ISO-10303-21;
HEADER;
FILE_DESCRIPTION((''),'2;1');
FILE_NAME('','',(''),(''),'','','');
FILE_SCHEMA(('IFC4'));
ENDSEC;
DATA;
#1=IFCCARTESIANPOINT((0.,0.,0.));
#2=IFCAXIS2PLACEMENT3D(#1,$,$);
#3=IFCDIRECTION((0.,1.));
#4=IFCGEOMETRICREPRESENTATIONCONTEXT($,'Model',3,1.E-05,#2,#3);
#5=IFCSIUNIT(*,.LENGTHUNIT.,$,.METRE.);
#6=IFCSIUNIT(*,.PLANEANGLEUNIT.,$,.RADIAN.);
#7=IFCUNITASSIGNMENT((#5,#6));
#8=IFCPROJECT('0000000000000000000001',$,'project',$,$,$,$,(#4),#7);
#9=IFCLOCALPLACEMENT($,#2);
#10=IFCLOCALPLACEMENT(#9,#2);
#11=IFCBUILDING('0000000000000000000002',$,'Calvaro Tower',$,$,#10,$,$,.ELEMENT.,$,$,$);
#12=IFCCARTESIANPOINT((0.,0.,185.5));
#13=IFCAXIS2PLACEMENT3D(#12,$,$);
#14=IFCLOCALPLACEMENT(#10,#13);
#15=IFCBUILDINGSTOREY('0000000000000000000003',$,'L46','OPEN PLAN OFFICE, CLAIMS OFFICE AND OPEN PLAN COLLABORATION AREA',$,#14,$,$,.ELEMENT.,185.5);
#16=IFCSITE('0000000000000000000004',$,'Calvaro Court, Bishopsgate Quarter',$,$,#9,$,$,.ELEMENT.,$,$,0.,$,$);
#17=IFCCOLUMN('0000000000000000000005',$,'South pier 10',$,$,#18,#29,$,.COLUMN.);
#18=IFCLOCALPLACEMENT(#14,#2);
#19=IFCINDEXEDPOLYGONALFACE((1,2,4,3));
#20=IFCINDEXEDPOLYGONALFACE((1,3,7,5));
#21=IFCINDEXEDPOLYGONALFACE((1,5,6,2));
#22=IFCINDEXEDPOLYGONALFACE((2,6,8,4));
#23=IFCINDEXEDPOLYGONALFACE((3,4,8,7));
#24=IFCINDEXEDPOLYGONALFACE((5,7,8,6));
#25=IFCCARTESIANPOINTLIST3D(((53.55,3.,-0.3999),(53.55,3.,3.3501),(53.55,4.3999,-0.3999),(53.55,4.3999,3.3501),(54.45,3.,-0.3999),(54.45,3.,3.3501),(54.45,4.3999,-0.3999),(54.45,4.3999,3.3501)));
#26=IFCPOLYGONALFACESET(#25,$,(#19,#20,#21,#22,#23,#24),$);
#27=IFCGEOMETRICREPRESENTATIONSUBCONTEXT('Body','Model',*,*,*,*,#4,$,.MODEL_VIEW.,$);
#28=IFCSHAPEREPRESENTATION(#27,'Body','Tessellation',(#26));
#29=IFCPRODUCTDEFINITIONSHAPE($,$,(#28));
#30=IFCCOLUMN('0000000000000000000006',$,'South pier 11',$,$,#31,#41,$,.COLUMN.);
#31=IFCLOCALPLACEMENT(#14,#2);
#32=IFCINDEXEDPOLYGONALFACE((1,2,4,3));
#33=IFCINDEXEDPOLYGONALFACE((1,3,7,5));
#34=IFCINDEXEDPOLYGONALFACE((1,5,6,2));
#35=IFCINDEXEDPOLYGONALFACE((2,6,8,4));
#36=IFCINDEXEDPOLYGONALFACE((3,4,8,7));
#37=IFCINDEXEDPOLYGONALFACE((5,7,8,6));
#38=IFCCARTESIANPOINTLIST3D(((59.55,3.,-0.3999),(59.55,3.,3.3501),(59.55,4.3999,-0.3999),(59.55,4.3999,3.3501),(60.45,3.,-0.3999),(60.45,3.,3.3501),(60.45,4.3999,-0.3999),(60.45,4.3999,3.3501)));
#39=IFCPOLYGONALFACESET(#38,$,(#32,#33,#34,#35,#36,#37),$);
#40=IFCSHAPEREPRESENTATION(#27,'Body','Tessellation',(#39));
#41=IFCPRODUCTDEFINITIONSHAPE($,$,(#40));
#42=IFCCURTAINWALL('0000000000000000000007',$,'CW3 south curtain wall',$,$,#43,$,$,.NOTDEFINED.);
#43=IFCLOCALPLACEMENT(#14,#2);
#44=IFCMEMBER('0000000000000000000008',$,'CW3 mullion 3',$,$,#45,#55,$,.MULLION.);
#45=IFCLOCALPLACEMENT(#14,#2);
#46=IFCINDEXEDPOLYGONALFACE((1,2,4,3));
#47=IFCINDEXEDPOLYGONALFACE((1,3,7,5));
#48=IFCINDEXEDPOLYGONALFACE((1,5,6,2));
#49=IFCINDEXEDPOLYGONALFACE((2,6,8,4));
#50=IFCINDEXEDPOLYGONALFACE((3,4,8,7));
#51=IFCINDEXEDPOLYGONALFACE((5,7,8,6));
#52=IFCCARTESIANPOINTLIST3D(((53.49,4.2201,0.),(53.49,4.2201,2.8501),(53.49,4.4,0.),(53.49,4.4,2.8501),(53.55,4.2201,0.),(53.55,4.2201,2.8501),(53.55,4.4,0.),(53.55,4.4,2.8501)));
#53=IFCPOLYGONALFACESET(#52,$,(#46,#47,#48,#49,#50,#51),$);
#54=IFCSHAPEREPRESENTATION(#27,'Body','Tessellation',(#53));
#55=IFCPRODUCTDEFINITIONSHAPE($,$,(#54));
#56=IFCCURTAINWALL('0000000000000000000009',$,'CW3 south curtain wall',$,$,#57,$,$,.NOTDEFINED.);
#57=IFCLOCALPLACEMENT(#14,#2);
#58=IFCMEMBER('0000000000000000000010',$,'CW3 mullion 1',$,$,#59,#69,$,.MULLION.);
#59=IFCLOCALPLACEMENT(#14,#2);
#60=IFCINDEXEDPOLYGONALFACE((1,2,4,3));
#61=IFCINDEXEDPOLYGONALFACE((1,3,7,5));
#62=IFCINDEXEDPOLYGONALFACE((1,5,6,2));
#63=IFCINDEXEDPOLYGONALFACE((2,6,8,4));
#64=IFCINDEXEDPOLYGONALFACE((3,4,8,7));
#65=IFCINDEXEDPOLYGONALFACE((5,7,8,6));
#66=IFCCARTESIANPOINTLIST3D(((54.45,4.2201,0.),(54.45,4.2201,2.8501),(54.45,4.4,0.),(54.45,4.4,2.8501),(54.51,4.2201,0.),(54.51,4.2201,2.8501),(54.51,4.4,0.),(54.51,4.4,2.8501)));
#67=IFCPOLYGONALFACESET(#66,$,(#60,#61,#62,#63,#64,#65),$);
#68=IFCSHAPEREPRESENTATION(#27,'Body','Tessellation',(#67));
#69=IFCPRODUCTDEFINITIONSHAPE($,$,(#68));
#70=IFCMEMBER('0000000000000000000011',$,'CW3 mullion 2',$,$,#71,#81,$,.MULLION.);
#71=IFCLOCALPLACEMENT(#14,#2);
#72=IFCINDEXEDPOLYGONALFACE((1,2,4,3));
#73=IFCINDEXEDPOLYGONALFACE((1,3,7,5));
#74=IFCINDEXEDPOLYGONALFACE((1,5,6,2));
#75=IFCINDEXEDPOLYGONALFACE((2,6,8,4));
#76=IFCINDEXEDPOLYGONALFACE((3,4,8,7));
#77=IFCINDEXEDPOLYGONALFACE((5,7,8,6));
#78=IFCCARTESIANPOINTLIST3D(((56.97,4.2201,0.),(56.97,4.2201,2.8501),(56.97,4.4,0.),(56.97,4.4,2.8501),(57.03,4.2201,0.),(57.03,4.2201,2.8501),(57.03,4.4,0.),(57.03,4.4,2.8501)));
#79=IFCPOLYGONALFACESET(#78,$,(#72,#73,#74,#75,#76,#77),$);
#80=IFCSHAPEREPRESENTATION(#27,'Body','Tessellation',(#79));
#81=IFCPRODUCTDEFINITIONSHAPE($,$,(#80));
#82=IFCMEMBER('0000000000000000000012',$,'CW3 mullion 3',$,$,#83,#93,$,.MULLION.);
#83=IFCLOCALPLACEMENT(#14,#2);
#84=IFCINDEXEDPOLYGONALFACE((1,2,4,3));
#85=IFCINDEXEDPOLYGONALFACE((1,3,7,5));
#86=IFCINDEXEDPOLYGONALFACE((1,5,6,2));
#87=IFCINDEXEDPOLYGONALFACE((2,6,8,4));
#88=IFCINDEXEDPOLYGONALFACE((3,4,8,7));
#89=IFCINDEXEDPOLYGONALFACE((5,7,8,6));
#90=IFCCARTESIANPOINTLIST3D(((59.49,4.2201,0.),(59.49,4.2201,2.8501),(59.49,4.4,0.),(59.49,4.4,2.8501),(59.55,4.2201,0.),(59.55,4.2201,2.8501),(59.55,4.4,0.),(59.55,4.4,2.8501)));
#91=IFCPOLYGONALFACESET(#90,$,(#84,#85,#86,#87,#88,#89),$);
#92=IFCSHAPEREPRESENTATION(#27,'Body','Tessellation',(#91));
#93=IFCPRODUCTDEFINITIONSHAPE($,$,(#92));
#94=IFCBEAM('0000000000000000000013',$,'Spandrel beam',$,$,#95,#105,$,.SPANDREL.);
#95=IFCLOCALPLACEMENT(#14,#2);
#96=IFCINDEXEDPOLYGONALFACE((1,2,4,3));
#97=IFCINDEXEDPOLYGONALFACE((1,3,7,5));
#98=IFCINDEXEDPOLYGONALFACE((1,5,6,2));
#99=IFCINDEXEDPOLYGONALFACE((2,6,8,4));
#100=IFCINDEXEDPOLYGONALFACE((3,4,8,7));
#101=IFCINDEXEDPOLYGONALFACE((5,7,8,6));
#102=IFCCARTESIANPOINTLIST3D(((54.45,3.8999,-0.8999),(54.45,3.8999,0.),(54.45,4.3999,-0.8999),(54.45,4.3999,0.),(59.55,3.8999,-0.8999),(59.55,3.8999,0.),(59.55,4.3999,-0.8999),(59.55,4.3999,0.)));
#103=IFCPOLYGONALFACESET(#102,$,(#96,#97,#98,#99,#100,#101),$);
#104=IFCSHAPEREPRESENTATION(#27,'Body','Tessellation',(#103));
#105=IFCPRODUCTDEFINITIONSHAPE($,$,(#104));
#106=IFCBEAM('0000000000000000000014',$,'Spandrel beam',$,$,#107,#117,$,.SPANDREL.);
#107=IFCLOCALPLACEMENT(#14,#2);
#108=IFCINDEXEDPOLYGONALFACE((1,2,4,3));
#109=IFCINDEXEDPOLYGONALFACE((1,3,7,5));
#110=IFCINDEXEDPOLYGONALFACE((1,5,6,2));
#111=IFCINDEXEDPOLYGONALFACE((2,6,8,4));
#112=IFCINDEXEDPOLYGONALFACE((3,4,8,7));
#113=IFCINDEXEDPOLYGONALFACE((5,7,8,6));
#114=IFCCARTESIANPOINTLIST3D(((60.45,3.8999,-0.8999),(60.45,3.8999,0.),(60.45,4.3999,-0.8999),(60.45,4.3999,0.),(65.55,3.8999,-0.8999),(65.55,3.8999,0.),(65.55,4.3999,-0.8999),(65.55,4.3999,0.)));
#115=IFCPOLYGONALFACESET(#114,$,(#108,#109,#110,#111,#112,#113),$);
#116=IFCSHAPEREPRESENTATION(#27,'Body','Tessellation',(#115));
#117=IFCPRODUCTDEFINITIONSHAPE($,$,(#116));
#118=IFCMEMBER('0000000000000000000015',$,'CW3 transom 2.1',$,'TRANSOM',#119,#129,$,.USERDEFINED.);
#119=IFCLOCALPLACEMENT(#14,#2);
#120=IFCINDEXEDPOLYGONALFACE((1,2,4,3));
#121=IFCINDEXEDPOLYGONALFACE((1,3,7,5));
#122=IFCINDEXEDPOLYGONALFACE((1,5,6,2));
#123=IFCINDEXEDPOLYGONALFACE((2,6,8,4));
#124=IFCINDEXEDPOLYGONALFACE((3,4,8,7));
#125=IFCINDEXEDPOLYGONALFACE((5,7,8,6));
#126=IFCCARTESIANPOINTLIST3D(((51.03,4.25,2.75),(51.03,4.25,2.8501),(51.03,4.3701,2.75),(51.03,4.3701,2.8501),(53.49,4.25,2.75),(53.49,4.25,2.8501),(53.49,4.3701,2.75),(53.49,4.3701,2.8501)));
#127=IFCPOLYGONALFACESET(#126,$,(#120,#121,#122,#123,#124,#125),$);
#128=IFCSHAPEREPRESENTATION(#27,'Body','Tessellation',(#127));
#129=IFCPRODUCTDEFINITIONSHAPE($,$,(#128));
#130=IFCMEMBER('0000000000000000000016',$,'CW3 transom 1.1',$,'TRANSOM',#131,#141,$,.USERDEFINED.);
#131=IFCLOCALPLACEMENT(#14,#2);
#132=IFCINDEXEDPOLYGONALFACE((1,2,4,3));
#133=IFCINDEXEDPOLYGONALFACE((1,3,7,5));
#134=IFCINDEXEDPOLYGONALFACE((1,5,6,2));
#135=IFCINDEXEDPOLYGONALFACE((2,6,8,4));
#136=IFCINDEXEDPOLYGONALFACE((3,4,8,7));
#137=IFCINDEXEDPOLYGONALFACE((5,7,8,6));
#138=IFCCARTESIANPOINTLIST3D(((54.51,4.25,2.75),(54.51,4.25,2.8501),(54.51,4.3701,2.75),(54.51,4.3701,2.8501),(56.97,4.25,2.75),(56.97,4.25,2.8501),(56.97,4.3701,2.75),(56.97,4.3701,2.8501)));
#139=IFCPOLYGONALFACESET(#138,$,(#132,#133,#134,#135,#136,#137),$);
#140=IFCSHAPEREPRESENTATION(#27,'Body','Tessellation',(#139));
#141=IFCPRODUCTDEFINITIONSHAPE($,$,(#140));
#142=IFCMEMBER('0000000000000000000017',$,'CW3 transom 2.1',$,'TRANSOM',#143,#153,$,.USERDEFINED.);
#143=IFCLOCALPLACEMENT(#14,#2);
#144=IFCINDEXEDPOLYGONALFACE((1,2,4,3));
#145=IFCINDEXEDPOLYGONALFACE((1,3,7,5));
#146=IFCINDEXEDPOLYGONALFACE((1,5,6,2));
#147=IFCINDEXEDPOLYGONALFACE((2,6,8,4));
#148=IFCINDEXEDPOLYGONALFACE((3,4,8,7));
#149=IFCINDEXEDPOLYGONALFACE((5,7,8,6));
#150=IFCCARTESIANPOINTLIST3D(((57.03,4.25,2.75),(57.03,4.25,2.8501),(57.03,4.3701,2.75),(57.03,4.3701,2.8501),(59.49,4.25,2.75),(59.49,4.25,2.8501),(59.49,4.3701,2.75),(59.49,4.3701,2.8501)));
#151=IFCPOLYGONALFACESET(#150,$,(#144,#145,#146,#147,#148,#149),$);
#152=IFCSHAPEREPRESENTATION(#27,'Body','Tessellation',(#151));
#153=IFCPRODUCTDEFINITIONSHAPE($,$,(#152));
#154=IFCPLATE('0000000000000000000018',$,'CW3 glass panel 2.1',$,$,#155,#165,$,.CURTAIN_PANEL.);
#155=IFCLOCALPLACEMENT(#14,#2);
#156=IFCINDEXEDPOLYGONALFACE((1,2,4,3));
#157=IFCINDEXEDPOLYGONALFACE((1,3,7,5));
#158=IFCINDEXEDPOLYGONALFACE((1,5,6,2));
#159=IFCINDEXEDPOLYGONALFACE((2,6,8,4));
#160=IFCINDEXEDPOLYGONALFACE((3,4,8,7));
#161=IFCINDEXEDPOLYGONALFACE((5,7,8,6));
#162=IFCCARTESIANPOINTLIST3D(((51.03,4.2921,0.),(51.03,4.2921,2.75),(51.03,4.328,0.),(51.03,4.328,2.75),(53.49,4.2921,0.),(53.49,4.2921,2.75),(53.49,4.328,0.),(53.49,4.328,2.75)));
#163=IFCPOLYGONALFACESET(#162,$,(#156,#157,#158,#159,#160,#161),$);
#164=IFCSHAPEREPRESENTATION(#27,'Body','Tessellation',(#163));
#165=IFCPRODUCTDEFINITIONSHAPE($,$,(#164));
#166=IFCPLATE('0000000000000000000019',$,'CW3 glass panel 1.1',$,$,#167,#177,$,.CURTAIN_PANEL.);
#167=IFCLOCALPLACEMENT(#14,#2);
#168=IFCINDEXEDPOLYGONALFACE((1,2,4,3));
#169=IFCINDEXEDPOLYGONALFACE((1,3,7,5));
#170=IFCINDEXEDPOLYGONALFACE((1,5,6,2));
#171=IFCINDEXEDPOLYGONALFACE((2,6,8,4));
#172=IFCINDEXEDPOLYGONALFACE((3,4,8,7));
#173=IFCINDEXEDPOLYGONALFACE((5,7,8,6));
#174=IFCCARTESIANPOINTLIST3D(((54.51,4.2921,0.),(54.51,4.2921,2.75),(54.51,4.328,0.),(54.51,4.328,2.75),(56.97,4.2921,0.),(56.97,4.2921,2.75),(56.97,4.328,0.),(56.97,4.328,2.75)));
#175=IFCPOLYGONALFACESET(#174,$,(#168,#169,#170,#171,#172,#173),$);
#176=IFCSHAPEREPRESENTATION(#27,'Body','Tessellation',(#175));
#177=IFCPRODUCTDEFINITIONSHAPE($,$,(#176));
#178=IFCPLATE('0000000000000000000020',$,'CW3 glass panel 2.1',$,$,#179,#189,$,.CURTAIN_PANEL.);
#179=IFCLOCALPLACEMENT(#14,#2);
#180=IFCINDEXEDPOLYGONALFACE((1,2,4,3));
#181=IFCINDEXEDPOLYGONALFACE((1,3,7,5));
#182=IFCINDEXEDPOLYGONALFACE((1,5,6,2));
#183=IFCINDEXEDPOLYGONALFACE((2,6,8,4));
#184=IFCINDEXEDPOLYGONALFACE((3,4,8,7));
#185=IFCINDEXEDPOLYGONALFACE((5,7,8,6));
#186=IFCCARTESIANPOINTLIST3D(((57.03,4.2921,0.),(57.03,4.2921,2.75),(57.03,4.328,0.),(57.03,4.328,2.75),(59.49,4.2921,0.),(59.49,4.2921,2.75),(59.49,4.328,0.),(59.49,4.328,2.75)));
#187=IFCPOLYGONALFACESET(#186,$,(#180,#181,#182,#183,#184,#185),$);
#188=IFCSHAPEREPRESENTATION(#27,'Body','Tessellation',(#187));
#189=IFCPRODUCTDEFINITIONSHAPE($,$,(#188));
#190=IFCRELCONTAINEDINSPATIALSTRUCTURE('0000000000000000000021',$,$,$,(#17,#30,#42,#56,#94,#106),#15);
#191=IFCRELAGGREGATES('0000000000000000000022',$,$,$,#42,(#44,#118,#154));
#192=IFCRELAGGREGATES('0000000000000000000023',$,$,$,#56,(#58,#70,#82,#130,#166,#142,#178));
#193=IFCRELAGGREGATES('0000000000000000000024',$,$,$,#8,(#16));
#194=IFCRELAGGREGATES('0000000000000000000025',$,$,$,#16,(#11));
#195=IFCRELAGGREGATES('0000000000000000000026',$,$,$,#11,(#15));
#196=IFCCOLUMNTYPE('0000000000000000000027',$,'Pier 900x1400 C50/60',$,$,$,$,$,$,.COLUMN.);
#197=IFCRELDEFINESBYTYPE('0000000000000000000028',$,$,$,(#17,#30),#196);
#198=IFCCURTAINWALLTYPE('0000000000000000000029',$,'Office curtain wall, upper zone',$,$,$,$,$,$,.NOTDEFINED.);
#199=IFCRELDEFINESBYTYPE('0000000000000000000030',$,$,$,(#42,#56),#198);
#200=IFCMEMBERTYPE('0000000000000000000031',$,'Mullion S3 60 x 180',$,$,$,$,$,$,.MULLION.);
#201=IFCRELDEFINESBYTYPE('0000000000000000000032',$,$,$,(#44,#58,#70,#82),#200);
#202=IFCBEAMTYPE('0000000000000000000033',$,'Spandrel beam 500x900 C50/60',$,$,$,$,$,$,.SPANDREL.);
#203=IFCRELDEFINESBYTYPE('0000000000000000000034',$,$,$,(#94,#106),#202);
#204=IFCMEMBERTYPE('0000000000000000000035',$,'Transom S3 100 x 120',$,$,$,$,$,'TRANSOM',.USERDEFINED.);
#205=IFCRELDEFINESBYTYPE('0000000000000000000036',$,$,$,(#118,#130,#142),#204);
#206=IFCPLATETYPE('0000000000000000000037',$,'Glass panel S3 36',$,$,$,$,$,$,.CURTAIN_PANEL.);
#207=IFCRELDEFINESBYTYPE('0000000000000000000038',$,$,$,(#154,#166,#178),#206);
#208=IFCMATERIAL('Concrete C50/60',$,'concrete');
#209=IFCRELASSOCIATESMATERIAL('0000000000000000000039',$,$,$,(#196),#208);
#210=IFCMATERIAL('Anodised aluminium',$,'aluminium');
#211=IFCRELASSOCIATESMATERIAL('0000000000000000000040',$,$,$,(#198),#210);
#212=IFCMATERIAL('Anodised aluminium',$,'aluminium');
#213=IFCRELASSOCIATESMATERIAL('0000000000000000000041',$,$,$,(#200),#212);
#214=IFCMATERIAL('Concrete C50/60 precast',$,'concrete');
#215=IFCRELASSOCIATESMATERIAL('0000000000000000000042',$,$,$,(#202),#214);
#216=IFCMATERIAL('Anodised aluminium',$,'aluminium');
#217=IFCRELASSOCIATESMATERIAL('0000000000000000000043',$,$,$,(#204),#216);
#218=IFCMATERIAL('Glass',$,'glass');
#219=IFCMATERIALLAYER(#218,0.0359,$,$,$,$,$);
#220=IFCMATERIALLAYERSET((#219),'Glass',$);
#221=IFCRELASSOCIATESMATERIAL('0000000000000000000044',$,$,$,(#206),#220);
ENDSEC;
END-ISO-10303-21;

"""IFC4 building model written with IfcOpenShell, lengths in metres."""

from ifc_helpers import new_model, si_unit, direction, frame, origin, origin_2d, place, context, subcontext, project, spatial, rectangle, extrude, material, layer, layer_set, material_profile, profile_set, type_object, element, aggregate, save


model = new_model("IFC4")

# Units and contexts
model_context = context("Model", 3, precision=1e-05, world=origin(), true_north=direction((0.0, 1.0)))
body_context = subcontext(model_context, "Body", "Model", "MODEL_VIEW")
ifc_project = project(units=[si_unit("LENGTHUNIT", "METRE"), si_unit("PLANEANGLEUNIT", "RADIAN")], contexts=[model_context])

# Site, building, storey
site_placement = place(None, origin())
site = spatial("IfcSite", under=ifc_project, at=site_placement, Name="Calvaro Court, Bishopsgate Quarter", CompositionType="ELEMENT", RefElevation=0.0)
building_placement = place(site_placement, origin())
building = spatial("IfcBuilding", under=site, at=building_placement, Name="Calvaro Tower", CompositionType="ELEMENT")
storey_placement = place(building_placement, frame((0.0, 0.0, 185.5)))
storey = spatial("IfcBuildingStorey", under=building, at=storey_placement, Name="L46", Description="OPEN PLAN OFFICE, CLAIMS OFFICE AND OPEN PLAN COLLABORATION AREA", CompositionType="ELEMENT", Elevation=185.5)

# Columns
ifc_material_1 = material(Name="Concrete C50/60", Category="concrete")
ifc_material_profile_1 = material_profile(ifc_material_1, rectangle(XDim=0.8999, YDim=1.3999, at=origin_2d()), Name="RC 900x1400")
ifc_profile_set_1 = profile_set([ifc_material_profile_1], Name="Concrete C50/60")
column_type = type_object("IfcColumnType", Name="Pier 900x1400 C50/60", PredefinedType="COLUMN", material=ifc_profile_set_1)
for number, where, z_axis, x_axis, name in (
    (1, (54.0, 3.7, -0.3999), (0.0, 0.0, 1.0), (1.0, 0.0, 0.0), "South pier 10"),
    (2, (60.0, 3.7, -0.3999), (0.0, 0.0, 1.0), (1.0, 0.0, 0.0), "South pier 11"),
):
    element("IfcColumn", number, at=place(storey_placement, frame(where, z_axis=z_axis, x_axis=x_axis)), inside=storey, type_object=column_type, Name=name, PredefinedType="COLUMN", context=body_context, shape_type="SweptSolid", body=[
        extrude(rectangle(XDim=0.8999, YDim=1.3999, at=origin_2d()), origin(), (0.0, 0.0, 1.0), 3.75),
    ])

# Curtain wall, member
ifc_material_2 = material(Name="Anodised aluminium", Category="aluminium")
curtain_wall_type = type_object("IfcCurtainWallType", Name="Office curtain wall, upper zone", PredefinedType="NOTDEFINED", material=ifc_material_2)
curtain_wall_1_placement = place(storey_placement, origin())
curtain_wall_1 = element("IfcCurtainWall", 3, at=curtain_wall_1_placement, inside=storey, type_object=curtain_wall_type, Name="CW3 south curtain wall", PredefinedType="NOTDEFINED")
ifc_material_3 = material(Name="Anodised aluminium", Category="aluminium")
ifc_material_profile_2 = material_profile(ifc_material_3, rectangle(XDim=0.1799, YDim=0.0601, at=origin_2d()), Name="Mullion S3 60 x 180")
ifc_profile_set_2 = profile_set([ifc_material_profile_2], Name="Anodised aluminium")
member_type_1 = type_object("IfcMemberType", Name="Mullion S3 60 x 180", PredefinedType="MULLION", material=ifc_profile_set_2)
member_1_placement = place(storey_placement, frame((53.52, 4.3101, 0.0), z_axis=(0.0, 0.0, 1.0), x_axis=(0.0, 1.0, 0.0)))
member_1 = element("IfcMember", 4, at=member_1_placement, type_object=member_type_1, Name="CW3 mullion 3", PredefinedType="MULLION", context=body_context, shape_type="SweptSolid", body=[
    extrude(rectangle(XDim=0.1799, YDim=0.0601, at=origin_2d()), origin(), (0.0, 0.0, 1.0), 2.8501),
])

# Curtain wall, members
curtain_wall_2_placement = place(storey_placement, origin())
curtain_wall_2 = element("IfcCurtainWall", 5, at=curtain_wall_2_placement, inside=storey, type_object=curtain_wall_type, Name="CW3 south curtain wall", PredefinedType="NOTDEFINED")
member_2_placement = place(storey_placement, frame((54.48, 4.3101, 0.0), z_axis=(0.0, 0.0, 1.0), x_axis=(0.0, 1.0, 0.0)))
member_2 = element("IfcMember", 6, at=member_2_placement, type_object=member_type_1, Name="CW3 mullion 1", PredefinedType="MULLION", context=body_context, shape_type="SweptSolid", body=[
    extrude(rectangle(XDim=0.1799, YDim=0.0601, at=origin_2d()), origin(), (0.0, 0.0, 1.0), 2.8501),
])
member_3_placement = place(storey_placement, frame((57.0, 4.3101, 0.0), z_axis=(0.0, 0.0, 1.0), x_axis=(0.0, 1.0, 0.0)))
member_3 = element("IfcMember", 7, at=member_3_placement, type_object=member_type_1, Name="CW3 mullion 2", PredefinedType="MULLION", context=body_context, shape_type="SweptSolid", body=[
    extrude(rectangle(XDim=0.1799, YDim=0.0601, at=origin_2d()), origin(), (0.0, 0.0, 1.0), 2.8501),
])
member_4_placement = place(storey_placement, frame((59.52, 4.3101, 0.0), z_axis=(0.0, 0.0, 1.0), x_axis=(0.0, 1.0, 0.0)))
member_4 = element("IfcMember", 8, at=member_4_placement, type_object=member_type_1, Name="CW3 mullion 3", PredefinedType="MULLION", context=body_context, shape_type="SweptSolid", body=[
    extrude(rectangle(XDim=0.1799, YDim=0.0601, at=origin_2d()), origin(), (0.0, 0.0, 1.0), 2.8501),
])

# Beams
ifc_material_4 = material(Name="Concrete C50/60 precast", Category="concrete")
ifc_material_profile_3 = material_profile(ifc_material_4, rectangle(XDim=0.5, YDim=0.8999, at=origin_2d()), Name="RC 500x900")
ifc_profile_set_3 = profile_set([ifc_material_profile_3], Name="Concrete C50/60 precast")
beam_type = type_object("IfcBeamType", Name="Spandrel beam 500x900 C50/60", PredefinedType="SPANDREL", material=ifc_profile_set_3)
for number, where, z_axis, x_axis, name in (
    (9, (54.45, 4.1499, -0.45), (1.0, 0.0, 0.0), (0.0, 1.0, 0.0), "Spandrel beam"),
    (10, (60.45, 4.1499, -0.45), (1.0, 0.0, 0.0), (0.0, 1.0, 0.0), "Spandrel beam"),
):
    element("IfcBeam", number, at=place(storey_placement, frame(where, z_axis=z_axis, x_axis=x_axis)), inside=storey, type_object=beam_type, Name=name, PredefinedType="SPANDREL", context=body_context, shape_type="SweptSolid", body=[
        extrude(rectangle(XDim=0.5, YDim=0.8999, at=origin_2d()), origin(), (0.0, 0.0, 1.0), 5.1001),
    ])

# Members
ifc_material_5 = material(Name="Anodised aluminium", Category="aluminium")
ifc_material_profile_4 = material_profile(ifc_material_5, rectangle(XDim=0.1201, YDim=0.1001, at=origin_2d()), Name="Transom S3 100 x 120")
ifc_profile_set_4 = profile_set([ifc_material_profile_4], Name="Anodised aluminium")
member_type_2 = type_object("IfcMemberType", Name="Transom S3 100 x 120", ElementType="TRANSOM", PredefinedType="USERDEFINED", material=ifc_profile_set_4)
member_5_placement = place(storey_placement, frame((51.03, 4.3101, 2.8), z_axis=(1.0, 0.0, 0.0), x_axis=(0.0, 1.0, 0.0)))
member_5 = element("IfcMember", 11, at=member_5_placement, type_object=member_type_2, Name="CW3 transom 2.1", ObjectType="TRANSOM", PredefinedType="USERDEFINED", context=body_context, shape_type="SweptSolid", body=[
    extrude(rectangle(XDim=0.1201, YDim=0.1001, at=origin_2d()), origin(), (0.0, 0.0, 1.0), 2.46),
])
member_6_placement = place(storey_placement, frame((54.51, 4.3101, 2.8), z_axis=(1.0, 0.0, 0.0), x_axis=(0.0, 1.0, 0.0)))
member_6 = element("IfcMember", 12, at=member_6_placement, type_object=member_type_2, Name="CW3 transom 1.1", ObjectType="TRANSOM", PredefinedType="USERDEFINED", context=body_context, shape_type="SweptSolid", body=[
    extrude(rectangle(XDim=0.1201, YDim=0.1001, at=origin_2d()), origin(), (0.0, 0.0, 1.0), 2.46),
])
member_7_placement = place(storey_placement, frame((57.03, 4.3101, 2.8), z_axis=(1.0, 0.0, 0.0), x_axis=(0.0, 1.0, 0.0)))
member_7 = element("IfcMember", 13, at=member_7_placement, type_object=member_type_2, Name="CW3 transom 2.1", ObjectType="TRANSOM", PredefinedType="USERDEFINED", context=body_context, shape_type="SweptSolid", body=[
    extrude(rectangle(XDim=0.1201, YDim=0.1001, at=origin_2d()), origin(), (0.0, 0.0, 1.0), 2.46),
])

# Plates
ifc_material_6 = material(Name="Glass", Category="glass")
ifc_layer = layer(ifc_material_6, 0.0359)
ifc_layer_set = layer_set([ifc_layer], Name="Glass")
plate_type = type_object("IfcPlateType", Name="Glass panel S3 36", PredefinedType="CURTAIN_PANEL", material=ifc_layer_set)
plate_1_placement = place(storey_placement, frame((52.26, 4.3101, 0.0), z_axis=(0.0, 0.0, 1.0), x_axis=(1.0, 0.0, 0.0)))
plate_1 = element("IfcPlate", 14, at=plate_1_placement, type_object=plate_type, Name="CW3 glass panel 2.1", PredefinedType="CURTAIN_PANEL", context=body_context, shape_type="SweptSolid", body=[
    extrude(rectangle(XDim=2.46, YDim=0.0359, at=origin_2d()), origin(), (0.0, 0.0, 1.0), 2.75),
])
aggregate(curtain_wall_1, [member_1, member_5, plate_1])
plate_2_placement = place(storey_placement, frame((55.74, 4.3101, 0.0), z_axis=(0.0, 0.0, 1.0), x_axis=(1.0, 0.0, 0.0)))
plate_2 = element("IfcPlate", 15, at=plate_2_placement, type_object=plate_type, Name="CW3 glass panel 1.1", PredefinedType="CURTAIN_PANEL", context=body_context, shape_type="SweptSolid", body=[
    extrude(rectangle(XDim=2.46, YDim=0.0359, at=origin_2d()), origin(), (0.0, 0.0, 1.0), 2.75),
])
plate_3_placement = place(storey_placement, frame((58.26, 4.3101, 0.0), z_axis=(0.0, 0.0, 1.0), x_axis=(1.0, 0.0, 0.0)))
plate_3 = element("IfcPlate", 16, at=plate_3_placement, type_object=plate_type, Name="CW3 glass panel 2.1", PredefinedType="CURTAIN_PANEL", context=body_context, shape_type="SweptSolid", body=[
    extrude(rectangle(XDim=2.46, YDim=0.0359, at=origin_2d()), origin(), (0.0, 0.0, 1.0), 2.75),
])
aggregate(curtain_wall_2, [member_2, member_3, member_4, member_6, plate_2, member_7, plate_3])

save(model, "model.ifc")
